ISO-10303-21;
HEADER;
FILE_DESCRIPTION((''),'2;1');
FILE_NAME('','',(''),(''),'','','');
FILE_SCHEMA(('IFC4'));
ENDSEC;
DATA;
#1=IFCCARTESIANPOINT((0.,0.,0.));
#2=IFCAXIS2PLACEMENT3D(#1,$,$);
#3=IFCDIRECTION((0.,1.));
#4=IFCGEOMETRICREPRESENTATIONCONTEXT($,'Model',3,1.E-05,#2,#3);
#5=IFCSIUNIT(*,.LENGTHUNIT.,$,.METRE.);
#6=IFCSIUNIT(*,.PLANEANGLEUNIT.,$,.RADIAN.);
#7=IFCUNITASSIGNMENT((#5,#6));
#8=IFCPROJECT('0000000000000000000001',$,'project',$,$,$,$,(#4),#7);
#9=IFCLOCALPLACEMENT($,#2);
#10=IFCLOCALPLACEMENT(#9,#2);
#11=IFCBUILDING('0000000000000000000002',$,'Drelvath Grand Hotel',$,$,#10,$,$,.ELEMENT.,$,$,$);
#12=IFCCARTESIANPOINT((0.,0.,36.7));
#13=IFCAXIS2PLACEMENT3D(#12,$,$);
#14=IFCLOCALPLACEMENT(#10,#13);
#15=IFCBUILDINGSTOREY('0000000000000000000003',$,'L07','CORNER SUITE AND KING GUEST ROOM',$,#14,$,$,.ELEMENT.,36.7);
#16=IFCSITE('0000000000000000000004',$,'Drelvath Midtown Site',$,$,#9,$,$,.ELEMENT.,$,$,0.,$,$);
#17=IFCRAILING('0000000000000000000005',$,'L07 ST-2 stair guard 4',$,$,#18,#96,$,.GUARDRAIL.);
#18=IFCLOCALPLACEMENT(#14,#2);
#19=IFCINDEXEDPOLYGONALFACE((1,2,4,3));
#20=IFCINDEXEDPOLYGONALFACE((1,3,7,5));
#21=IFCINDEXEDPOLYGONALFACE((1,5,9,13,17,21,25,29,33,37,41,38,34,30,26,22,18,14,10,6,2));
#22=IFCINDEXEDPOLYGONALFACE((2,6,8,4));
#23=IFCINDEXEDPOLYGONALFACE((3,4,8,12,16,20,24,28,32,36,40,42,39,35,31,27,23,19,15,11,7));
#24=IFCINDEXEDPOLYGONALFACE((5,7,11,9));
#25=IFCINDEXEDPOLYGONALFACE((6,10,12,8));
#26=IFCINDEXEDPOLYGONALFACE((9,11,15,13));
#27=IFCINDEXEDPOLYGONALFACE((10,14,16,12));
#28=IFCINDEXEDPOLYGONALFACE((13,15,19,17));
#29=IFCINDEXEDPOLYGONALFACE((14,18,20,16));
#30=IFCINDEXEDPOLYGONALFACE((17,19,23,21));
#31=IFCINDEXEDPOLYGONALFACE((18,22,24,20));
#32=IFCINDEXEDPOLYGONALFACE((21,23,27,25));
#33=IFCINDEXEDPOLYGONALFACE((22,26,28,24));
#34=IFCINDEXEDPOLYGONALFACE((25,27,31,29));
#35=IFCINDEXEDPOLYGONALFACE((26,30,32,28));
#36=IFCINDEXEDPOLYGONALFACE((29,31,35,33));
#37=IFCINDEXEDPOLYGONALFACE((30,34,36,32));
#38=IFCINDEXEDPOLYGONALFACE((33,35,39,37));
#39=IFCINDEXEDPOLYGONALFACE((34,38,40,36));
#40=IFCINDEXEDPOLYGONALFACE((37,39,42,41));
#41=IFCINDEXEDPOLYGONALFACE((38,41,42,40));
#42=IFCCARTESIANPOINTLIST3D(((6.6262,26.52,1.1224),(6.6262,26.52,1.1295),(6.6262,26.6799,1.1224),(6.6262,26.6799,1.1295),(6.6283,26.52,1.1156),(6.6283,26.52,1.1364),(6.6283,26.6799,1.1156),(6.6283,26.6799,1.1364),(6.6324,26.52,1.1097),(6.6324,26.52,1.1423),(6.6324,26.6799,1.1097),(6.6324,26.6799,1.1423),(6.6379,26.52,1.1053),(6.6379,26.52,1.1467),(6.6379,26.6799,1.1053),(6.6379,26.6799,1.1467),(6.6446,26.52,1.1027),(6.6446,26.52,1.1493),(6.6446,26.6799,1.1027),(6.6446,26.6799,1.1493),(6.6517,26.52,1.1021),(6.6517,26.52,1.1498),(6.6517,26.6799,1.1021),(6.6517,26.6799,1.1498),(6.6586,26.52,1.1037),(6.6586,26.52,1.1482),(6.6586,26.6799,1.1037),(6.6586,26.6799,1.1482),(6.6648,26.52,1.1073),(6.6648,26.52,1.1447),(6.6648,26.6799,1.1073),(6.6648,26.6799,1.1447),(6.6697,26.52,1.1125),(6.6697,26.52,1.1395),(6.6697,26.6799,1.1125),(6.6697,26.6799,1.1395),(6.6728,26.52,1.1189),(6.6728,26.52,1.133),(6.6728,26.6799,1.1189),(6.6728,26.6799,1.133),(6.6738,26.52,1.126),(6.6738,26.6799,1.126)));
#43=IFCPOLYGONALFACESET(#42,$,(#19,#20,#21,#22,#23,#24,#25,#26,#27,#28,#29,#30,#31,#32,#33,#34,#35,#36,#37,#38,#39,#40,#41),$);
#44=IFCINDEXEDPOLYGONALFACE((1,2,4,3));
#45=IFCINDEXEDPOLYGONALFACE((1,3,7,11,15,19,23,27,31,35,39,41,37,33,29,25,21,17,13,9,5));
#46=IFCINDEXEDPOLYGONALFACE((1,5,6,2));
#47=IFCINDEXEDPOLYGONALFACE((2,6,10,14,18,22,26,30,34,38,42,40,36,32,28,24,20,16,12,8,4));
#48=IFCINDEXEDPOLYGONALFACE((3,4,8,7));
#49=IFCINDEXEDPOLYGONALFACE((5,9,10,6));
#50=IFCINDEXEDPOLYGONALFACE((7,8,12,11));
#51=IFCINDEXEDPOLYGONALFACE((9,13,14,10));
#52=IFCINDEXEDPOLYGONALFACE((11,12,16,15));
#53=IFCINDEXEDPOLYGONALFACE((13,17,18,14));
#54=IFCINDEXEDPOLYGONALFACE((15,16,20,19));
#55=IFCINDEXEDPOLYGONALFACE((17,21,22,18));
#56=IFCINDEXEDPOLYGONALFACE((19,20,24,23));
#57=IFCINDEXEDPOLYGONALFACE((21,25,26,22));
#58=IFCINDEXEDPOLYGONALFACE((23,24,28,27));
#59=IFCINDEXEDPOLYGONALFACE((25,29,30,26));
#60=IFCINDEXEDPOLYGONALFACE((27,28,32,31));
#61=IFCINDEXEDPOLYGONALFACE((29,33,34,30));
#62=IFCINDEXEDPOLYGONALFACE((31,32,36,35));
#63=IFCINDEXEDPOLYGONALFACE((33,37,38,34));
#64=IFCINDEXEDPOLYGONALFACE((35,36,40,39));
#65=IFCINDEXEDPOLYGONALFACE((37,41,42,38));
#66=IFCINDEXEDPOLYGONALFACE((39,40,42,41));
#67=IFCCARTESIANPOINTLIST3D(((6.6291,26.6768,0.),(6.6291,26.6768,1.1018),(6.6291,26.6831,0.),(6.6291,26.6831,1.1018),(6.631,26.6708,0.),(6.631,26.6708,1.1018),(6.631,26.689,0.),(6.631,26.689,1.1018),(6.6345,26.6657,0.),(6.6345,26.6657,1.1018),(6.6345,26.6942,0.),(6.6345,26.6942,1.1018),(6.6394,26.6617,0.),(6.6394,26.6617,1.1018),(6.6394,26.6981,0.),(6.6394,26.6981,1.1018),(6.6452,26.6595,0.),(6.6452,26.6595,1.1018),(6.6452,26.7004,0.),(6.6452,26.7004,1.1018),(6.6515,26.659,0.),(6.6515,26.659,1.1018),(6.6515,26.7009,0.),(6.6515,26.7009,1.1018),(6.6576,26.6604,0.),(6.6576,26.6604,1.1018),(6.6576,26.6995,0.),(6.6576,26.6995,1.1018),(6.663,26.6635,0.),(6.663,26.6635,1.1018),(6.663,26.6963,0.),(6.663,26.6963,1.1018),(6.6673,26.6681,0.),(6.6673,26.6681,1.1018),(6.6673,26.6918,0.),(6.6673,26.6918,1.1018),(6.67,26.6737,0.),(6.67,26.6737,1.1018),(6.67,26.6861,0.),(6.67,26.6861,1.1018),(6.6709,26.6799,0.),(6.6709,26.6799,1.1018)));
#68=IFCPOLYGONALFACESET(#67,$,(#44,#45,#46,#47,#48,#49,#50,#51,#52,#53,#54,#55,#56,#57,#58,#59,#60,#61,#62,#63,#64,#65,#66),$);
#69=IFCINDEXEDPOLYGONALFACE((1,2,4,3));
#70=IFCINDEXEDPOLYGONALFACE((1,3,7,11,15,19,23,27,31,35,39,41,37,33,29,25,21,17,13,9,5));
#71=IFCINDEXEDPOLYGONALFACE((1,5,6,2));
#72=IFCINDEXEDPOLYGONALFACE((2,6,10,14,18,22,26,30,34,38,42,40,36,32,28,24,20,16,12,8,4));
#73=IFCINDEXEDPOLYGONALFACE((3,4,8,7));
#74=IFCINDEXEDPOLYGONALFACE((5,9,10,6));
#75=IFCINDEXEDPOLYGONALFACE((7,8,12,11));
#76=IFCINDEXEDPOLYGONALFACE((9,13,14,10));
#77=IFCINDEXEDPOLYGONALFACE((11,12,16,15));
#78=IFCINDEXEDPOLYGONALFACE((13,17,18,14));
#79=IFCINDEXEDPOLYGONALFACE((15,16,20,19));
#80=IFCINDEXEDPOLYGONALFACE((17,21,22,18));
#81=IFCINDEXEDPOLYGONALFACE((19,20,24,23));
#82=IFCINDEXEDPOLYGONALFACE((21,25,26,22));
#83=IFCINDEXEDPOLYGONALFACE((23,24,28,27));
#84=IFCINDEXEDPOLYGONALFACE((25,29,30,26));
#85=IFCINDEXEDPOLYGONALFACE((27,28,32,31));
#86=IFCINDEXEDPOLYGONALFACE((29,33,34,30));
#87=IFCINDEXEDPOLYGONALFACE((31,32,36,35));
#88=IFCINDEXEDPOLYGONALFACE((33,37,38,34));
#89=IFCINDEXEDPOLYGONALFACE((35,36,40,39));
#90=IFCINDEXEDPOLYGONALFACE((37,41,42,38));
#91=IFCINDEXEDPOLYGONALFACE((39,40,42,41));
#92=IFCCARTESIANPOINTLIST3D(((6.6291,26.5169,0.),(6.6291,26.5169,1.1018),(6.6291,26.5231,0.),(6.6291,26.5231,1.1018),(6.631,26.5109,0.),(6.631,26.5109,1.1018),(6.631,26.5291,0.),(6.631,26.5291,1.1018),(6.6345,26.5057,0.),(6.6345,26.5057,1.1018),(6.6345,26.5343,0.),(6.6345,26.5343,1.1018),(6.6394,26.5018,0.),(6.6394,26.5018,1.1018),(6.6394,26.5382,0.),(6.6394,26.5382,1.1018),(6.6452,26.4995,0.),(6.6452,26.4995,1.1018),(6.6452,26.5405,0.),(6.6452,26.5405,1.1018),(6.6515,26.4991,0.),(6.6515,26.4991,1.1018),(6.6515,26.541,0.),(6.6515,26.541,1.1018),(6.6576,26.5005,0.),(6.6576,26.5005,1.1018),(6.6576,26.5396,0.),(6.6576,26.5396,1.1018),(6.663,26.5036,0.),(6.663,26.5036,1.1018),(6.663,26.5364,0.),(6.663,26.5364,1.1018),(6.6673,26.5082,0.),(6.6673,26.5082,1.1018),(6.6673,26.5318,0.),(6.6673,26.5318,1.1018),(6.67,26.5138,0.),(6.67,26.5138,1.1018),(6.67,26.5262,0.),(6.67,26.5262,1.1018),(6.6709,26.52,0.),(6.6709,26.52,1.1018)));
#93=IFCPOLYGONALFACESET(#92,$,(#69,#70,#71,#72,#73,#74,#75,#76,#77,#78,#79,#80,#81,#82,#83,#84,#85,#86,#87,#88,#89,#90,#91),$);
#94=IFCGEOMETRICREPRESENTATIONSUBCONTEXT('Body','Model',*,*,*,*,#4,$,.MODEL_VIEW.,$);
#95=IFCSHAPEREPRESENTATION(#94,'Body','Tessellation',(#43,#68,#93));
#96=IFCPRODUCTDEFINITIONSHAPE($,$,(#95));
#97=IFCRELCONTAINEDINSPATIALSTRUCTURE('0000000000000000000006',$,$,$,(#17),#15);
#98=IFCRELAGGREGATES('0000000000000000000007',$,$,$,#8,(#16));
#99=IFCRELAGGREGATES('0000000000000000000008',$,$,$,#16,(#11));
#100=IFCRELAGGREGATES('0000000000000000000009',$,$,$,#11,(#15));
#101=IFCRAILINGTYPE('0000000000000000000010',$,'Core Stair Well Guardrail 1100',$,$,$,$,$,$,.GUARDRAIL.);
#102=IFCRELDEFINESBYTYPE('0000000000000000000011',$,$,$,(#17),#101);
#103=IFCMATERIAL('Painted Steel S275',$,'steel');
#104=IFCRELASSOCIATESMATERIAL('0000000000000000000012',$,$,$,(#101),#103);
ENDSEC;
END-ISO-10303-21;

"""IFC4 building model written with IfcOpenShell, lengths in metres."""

from ifc_helpers import new_model, si_unit, direction, frame, origin, origin_2d, place, context, subcontext, project, spatial, circle, extrude, material, type_object, element, save


model = new_model("IFC4")

# Units and contexts
model_context = context("Model", 3, precision=1e-05, world=origin(), true_north=direction((0.0, 1.0)))
body_context = subcontext(model_context, "Body", "Model", "MODEL_VIEW")
ifc_project = project(units=[si_unit("LENGTHUNIT", "METRE"), si_unit("PLANEANGLEUNIT", "RADIAN")], contexts=[model_context])

# Site, building, storey
site_placement = place(None, origin())
site = spatial("IfcSite", under=ifc_project, at=site_placement, Name="Drelvath Midtown Site", CompositionType="ELEMENT", RefElevation=0.0)
building_placement = place(site_placement, origin())
building = spatial("IfcBuilding", under=site, at=building_placement, Name="Drelvath Grand Hotel", CompositionType="ELEMENT")
storey_placement = place(building_placement, frame((0.0, 0.0, 36.7)))
storey = spatial("IfcBuildingStorey", under=building, at=storey_placement, Name="L07", Description="CORNER SUITE AND KING GUEST ROOM", CompositionType="ELEMENT", Elevation=36.7)

# Shared definitions
ifc_material_1 = material(Name="Painted Steel S275", Category="steel")

# Railing
railing_type_1 = type_object("IfcRailingType", Name="Core Stair Well Guardrail 1100", PredefinedType="GUARDRAIL", material=ifc_material_1)
railing_1_placement = place(storey_placement, frame((6.6499, 26.6799, 0.0)))
element("IfcRailing", 1, at=railing_1_placement, inside=storey, type_object=railing_type_1, Name="L07 ST-2 stair guard 4", PredefinedType="GUARDRAIL", context=body_context, shape_type="SweptSolid", body=[
    extrude(circle(Radius=0.0239, at=origin_2d()), frame((0.0, 0.0, 1.126), z_axis=(0.0, -1.0, 0.0), x_axis=(1.0, 0.0, 0.0)), (0.0, 0.0, 1.0), 0.1599),
    extrude(circle(Radius=0.021, at=origin_2d()), origin(), (0.0, 0.0, 1.0), 1.1018),
    extrude(circle(Radius=0.021, at=origin_2d()), frame((0.0, -0.1599, 0.0)), (0.0, 0.0, 1.0), 1.1018),
])

save(model, "model.ifc")
